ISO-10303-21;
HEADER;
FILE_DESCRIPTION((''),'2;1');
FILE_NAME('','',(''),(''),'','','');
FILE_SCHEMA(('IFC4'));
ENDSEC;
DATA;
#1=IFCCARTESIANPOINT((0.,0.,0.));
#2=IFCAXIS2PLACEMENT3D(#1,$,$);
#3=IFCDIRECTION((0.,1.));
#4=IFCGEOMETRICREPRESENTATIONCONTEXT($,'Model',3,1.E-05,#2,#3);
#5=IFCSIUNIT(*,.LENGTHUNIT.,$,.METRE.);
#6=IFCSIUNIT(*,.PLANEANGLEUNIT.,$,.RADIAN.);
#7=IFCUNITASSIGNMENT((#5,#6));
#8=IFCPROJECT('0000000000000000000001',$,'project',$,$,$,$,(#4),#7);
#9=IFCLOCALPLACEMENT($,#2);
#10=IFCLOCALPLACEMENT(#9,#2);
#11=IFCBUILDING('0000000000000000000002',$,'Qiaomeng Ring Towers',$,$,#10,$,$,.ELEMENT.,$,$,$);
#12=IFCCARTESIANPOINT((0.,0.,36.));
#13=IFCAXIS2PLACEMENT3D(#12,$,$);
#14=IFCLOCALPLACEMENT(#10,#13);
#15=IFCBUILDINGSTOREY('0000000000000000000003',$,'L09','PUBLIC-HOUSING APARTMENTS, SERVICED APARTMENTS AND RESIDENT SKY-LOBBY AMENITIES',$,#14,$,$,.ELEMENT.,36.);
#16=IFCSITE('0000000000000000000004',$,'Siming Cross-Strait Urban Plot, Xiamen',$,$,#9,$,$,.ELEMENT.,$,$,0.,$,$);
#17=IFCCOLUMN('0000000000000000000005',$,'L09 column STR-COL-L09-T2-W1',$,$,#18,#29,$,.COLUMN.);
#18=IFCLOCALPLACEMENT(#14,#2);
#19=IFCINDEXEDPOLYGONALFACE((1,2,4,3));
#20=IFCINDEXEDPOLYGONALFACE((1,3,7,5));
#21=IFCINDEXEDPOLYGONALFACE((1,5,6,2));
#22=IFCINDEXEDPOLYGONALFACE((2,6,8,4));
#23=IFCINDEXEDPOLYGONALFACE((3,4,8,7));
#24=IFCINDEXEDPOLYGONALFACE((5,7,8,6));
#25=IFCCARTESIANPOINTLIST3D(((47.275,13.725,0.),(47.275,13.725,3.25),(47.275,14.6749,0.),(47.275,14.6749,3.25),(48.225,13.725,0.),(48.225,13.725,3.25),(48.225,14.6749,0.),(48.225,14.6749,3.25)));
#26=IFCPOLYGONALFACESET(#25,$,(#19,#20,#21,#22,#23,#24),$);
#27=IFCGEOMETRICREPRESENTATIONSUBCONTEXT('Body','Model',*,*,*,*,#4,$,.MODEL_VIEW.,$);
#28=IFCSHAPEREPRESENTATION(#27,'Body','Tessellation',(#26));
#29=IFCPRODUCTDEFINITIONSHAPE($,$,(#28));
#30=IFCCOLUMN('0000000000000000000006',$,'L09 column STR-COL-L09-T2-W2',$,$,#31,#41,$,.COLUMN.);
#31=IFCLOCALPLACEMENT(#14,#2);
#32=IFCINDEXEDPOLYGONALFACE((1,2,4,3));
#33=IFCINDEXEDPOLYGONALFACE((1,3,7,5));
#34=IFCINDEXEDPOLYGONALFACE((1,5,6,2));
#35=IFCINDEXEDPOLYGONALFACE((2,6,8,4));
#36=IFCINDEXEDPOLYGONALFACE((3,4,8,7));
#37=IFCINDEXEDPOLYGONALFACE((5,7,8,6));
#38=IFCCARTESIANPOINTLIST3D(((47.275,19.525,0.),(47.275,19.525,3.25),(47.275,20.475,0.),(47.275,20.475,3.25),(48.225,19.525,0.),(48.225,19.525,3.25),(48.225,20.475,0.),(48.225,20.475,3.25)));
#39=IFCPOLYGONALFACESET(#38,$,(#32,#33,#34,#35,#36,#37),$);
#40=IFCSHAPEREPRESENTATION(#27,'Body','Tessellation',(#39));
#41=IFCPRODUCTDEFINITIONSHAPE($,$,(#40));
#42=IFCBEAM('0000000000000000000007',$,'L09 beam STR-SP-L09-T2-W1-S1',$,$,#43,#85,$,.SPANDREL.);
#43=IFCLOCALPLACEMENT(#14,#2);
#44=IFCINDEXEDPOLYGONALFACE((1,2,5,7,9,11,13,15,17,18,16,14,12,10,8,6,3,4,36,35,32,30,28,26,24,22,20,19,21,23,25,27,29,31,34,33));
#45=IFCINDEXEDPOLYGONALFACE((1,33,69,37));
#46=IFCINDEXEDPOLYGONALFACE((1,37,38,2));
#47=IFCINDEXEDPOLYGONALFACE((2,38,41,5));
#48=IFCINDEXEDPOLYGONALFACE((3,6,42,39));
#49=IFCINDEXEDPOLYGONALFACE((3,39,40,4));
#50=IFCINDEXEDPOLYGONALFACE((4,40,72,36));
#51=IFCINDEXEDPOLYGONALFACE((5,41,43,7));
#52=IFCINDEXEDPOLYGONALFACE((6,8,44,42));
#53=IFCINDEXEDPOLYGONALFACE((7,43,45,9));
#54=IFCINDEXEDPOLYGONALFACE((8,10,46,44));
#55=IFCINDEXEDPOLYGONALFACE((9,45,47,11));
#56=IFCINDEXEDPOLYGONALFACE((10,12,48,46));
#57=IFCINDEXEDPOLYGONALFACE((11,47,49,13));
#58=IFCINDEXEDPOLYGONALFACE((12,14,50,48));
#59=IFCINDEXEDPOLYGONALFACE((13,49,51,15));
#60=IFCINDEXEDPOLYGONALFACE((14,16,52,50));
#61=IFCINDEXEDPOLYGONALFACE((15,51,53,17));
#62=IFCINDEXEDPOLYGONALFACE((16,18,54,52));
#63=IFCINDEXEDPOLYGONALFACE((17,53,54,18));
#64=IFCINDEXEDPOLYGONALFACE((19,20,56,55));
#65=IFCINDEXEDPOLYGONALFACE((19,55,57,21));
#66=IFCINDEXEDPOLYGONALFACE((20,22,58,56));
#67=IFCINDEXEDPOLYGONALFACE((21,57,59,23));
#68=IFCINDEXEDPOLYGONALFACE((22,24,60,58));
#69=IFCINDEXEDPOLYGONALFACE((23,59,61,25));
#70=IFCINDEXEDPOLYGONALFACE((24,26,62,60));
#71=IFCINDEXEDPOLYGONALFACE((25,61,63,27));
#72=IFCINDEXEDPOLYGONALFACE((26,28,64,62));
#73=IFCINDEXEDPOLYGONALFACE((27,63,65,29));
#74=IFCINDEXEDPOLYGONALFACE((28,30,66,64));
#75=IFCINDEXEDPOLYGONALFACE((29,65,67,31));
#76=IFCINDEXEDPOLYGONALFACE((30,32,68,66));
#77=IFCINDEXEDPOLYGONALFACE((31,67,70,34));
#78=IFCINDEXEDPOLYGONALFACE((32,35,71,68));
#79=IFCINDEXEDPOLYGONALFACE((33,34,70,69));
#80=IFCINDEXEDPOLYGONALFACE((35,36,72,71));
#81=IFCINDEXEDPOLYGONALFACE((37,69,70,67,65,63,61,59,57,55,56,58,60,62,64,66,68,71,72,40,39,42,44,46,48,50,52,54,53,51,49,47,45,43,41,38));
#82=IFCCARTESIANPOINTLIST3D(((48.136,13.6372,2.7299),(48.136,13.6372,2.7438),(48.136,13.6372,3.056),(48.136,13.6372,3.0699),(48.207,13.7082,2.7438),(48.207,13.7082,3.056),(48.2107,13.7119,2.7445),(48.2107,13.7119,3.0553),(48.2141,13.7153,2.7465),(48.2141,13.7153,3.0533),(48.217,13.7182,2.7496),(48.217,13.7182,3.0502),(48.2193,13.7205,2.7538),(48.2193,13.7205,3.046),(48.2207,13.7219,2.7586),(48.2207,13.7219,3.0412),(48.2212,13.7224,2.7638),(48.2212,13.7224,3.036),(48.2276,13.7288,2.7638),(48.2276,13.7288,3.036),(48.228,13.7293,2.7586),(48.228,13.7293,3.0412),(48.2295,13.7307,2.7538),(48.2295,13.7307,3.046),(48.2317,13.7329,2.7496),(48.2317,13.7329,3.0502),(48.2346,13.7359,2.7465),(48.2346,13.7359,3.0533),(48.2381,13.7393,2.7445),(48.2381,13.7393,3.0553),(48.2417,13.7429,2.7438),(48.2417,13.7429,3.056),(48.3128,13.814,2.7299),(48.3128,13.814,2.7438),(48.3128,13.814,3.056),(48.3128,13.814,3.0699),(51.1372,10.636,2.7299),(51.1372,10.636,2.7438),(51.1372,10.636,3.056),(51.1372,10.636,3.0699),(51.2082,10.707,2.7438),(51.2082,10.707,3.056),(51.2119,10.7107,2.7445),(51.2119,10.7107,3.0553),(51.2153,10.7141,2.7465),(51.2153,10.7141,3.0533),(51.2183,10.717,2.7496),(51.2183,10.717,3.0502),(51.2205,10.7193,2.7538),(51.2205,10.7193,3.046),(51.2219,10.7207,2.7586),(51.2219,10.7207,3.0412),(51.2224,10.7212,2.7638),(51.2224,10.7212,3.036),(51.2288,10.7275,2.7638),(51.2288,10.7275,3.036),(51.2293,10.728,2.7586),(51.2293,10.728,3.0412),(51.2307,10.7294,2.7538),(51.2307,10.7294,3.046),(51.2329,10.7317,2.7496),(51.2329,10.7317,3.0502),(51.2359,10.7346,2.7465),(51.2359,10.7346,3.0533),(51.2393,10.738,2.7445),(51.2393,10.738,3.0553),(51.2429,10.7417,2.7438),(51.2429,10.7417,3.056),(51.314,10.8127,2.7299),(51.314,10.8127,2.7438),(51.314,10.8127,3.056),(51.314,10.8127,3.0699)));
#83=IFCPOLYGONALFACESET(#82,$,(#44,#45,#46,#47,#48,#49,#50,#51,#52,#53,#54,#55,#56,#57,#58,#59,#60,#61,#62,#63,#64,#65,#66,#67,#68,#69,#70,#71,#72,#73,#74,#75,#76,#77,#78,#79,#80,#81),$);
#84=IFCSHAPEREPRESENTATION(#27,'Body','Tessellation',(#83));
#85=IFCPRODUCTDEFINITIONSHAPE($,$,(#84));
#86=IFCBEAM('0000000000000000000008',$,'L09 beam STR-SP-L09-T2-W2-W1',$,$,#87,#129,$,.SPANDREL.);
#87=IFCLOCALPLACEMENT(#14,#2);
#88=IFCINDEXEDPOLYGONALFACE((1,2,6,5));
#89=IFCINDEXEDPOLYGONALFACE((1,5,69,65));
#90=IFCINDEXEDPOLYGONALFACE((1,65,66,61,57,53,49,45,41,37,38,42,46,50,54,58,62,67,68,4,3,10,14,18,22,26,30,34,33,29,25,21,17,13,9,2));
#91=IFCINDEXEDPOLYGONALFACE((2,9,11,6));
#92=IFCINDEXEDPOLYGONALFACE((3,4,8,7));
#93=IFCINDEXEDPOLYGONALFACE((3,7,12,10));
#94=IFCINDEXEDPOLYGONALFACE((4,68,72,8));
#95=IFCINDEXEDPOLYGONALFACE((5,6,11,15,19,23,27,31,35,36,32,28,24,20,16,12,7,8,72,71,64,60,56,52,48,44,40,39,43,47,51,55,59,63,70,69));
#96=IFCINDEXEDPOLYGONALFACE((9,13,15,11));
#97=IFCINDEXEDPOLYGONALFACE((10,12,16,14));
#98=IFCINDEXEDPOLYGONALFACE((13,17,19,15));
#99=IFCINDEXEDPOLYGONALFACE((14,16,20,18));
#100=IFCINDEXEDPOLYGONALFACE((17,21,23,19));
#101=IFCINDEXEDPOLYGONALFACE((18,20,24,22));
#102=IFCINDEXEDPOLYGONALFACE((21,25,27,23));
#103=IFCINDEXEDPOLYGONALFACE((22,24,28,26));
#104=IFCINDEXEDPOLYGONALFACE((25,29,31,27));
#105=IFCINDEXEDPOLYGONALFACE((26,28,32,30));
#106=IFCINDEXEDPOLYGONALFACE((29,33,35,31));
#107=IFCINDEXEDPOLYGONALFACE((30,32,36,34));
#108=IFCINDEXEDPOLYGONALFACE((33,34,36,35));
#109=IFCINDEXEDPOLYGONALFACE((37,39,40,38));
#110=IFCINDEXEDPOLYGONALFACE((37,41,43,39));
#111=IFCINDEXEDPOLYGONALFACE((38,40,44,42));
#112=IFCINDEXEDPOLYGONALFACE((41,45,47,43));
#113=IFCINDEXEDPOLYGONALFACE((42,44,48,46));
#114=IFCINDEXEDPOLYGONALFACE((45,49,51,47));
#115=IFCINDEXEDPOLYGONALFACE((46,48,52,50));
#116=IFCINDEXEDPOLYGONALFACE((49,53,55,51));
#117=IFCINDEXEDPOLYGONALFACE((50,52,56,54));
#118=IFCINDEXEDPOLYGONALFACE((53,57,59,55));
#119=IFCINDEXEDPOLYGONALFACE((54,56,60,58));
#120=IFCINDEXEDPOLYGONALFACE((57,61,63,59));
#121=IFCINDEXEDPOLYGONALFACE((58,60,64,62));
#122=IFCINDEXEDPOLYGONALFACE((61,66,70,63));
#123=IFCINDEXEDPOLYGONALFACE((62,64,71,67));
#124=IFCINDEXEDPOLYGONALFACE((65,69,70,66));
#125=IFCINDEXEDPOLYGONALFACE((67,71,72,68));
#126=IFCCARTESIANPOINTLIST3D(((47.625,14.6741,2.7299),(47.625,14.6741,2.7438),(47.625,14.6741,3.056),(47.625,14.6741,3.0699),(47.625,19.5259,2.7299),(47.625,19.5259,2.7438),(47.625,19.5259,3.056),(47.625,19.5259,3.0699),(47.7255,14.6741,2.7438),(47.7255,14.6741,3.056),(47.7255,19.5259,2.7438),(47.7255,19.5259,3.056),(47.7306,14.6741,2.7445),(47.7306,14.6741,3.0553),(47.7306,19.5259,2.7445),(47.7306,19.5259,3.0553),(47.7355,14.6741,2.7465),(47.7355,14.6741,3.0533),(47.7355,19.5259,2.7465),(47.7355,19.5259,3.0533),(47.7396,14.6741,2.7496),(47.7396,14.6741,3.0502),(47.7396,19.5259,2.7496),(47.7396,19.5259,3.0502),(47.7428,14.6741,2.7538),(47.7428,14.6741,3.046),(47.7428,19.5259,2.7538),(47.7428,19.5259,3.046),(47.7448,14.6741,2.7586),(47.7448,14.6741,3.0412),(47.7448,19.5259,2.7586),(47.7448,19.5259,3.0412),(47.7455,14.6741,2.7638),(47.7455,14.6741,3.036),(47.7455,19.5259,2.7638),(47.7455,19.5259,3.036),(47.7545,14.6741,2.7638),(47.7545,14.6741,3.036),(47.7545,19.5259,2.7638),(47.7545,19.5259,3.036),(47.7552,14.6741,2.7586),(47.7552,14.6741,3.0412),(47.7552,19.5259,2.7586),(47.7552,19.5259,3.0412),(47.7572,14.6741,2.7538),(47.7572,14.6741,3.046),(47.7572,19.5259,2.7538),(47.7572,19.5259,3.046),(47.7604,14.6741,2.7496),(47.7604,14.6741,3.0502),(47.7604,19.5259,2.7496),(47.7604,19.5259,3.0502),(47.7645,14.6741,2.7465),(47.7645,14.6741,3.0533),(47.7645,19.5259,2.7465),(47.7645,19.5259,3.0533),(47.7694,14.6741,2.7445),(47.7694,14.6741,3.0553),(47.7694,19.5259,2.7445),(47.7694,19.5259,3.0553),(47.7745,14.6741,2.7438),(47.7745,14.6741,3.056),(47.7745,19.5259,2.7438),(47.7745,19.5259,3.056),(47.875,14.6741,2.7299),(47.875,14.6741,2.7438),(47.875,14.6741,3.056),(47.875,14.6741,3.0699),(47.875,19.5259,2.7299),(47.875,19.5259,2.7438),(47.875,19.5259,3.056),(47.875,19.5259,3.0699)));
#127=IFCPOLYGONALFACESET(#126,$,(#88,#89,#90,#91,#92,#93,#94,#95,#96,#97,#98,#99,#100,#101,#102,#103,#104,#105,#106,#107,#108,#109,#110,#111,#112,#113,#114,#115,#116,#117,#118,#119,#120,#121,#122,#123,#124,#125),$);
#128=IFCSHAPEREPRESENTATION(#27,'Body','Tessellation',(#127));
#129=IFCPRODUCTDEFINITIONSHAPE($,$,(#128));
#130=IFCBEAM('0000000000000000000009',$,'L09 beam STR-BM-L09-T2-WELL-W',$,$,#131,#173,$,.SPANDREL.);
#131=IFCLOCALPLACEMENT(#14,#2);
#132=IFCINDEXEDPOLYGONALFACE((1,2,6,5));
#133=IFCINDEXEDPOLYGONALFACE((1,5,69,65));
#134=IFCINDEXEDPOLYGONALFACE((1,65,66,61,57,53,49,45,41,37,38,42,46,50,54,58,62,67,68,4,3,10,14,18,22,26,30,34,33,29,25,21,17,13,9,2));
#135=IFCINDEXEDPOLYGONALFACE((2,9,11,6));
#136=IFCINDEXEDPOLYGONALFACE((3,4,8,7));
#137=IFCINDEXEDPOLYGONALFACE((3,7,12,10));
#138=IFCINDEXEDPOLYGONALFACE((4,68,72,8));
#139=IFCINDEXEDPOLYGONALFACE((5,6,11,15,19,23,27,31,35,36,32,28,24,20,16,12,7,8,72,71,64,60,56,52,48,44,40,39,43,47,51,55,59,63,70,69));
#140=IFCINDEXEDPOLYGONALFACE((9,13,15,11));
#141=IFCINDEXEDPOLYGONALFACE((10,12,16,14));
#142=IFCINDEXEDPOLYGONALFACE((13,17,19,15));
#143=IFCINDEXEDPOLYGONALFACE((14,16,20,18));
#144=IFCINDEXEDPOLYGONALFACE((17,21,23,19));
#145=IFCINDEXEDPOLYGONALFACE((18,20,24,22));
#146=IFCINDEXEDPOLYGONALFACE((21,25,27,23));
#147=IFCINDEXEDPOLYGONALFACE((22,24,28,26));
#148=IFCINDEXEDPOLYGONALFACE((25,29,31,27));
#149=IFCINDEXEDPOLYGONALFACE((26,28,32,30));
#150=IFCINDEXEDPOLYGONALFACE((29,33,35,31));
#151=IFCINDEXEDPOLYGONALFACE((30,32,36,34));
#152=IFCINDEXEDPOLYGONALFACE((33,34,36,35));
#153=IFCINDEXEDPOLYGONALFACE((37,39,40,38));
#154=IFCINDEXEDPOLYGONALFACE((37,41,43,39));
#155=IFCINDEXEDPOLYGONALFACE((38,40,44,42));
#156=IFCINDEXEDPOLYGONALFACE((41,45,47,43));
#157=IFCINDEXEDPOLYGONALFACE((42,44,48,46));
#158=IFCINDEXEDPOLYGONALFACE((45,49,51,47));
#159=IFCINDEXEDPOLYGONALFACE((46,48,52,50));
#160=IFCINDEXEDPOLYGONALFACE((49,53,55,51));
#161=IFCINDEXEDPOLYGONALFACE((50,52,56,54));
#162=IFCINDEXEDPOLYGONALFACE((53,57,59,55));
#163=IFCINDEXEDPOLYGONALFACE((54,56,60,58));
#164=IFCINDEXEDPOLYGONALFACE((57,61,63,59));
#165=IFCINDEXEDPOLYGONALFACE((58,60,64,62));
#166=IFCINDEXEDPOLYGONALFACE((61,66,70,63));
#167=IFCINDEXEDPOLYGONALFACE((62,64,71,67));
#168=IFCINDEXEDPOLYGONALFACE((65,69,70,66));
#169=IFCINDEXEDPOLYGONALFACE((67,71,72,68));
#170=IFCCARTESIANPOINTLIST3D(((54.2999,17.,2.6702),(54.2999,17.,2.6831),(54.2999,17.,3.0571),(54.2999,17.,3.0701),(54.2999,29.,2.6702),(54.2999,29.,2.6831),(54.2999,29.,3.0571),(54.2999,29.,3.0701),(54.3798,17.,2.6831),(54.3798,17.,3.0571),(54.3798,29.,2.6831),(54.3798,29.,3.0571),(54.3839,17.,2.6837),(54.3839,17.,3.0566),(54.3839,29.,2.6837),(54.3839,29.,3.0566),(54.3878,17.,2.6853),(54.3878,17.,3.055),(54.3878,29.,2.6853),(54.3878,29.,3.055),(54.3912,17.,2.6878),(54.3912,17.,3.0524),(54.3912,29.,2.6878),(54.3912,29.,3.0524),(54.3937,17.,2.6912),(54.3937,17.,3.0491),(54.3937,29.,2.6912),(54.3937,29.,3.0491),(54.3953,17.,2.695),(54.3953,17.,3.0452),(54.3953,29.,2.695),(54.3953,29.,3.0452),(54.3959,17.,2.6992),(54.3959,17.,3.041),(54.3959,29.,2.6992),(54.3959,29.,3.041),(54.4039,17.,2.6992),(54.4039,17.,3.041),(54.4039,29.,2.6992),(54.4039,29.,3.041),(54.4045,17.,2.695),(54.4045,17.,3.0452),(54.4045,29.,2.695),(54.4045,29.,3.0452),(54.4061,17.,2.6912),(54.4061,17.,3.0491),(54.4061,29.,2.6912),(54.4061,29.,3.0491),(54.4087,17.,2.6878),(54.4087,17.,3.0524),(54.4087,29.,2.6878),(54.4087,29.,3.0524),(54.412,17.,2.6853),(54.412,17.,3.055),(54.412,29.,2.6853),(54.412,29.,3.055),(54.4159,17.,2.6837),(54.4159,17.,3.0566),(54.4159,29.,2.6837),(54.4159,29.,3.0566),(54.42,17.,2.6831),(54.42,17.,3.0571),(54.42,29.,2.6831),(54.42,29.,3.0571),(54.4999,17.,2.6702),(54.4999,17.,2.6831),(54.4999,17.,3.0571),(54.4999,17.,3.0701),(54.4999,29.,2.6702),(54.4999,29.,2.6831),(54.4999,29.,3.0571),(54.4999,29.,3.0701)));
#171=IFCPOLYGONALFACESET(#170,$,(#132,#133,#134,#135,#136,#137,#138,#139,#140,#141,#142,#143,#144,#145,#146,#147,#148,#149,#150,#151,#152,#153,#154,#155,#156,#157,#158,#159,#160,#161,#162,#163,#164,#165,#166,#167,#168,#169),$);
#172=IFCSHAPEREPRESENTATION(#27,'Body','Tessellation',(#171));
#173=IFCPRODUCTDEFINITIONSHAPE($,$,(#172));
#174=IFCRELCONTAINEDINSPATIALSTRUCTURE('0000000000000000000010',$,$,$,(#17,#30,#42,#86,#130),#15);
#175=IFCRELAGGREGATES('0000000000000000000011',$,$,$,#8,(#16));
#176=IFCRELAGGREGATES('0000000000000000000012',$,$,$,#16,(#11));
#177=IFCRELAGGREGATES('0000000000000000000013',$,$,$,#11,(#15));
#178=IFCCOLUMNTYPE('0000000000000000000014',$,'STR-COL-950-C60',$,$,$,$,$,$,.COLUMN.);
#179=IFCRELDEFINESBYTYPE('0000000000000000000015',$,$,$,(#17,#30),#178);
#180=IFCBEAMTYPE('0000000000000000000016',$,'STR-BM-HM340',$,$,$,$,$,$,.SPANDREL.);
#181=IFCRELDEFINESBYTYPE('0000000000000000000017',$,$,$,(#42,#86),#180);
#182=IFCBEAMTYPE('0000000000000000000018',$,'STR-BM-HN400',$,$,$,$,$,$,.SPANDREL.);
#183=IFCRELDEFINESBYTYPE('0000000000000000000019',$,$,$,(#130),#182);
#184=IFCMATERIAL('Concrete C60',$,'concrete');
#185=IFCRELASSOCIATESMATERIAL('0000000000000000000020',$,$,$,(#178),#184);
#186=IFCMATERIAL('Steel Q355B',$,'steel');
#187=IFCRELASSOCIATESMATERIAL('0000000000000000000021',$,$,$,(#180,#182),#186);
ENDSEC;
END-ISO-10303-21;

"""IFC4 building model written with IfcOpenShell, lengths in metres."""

from ifc_helpers import new_model, si_unit, direction, frame, origin, origin_2d, place, context, subcontext, project, spatial, rectangle, i_section, extrude, source, transform, mapped, material, material_profile, profile_set, type_object, element, save


model = new_model("IFC4")

# Units and contexts
model_context = context("Model", 3, precision=1e-05, world=origin(), true_north=direction((0.0, 1.0)))
body_context = subcontext(model_context, "Body", "Model", "MODEL_VIEW")
ifc_project = project(units=[si_unit("LENGTHUNIT", "METRE"), si_unit("PLANEANGLEUNIT", "RADIAN")], contexts=[model_context])

# Site, building, storey
site_placement = place(None, origin())
site = spatial("IfcSite", under=ifc_project, at=site_placement, Name="Siming Cross-Strait Urban Plot, Xiamen", CompositionType="ELEMENT", RefElevation=0.0)
building_placement = place(site_placement, origin())
building = spatial("IfcBuilding", under=site, at=building_placement, Name="Qiaomeng Ring Towers", CompositionType="ELEMENT")
storey_placement = place(building_placement, frame((0.0, 0.0, 36.0)))
storey = spatial("IfcBuildingStorey", under=building, at=storey_placement, Name="L09", Description="PUBLIC-HOUSING APARTMENTS, SERVICED APARTMENTS AND RESIDENT SKY-LOBBY AMENITIES", CompositionType="ELEMENT", Elevation=36.0)

# Columns
ifc_material_1 = material(Name="Concrete C60", Category="concrete")
ifc_material_profile_1 = material_profile(ifc_material_1, rectangle(XDim=0.95, YDim=0.95, at=origin_2d()), Name="RC COL 950x950")
ifc_profile_set_1 = profile_set([ifc_material_profile_1], Name="Concrete C60")
column_type = type_object("IfcColumnType", Name="STR-COL-950-C60", PredefinedType="COLUMN", material=ifc_profile_set_1)
shared_shape_1 = source(origin(), body_context, "Body", "SweptSolid", [
    extrude(rectangle(XDim=0.95, YDim=0.95, at=origin_2d()), origin(), (0.0, 0.0, 1.0), 3.25),
])
for number, where, z_axis, x_axis, name in (
    (1, (47.75, 14.2, 0.0), (0.0, 0.0, 1.0), (1.0, 0.0, 0.0), "L09 column STR-COL-L09-T2-W1"),
    (2, (47.75, 20.0, 0.0), (0.0, 0.0, 1.0), (1.0, 0.0, 0.0), "L09 column STR-COL-L09-T2-W2"),
):
    element("IfcColumn", number, at=place(storey_placement, frame(where, z_axis=z_axis, x_axis=x_axis)), inside=storey, type_object=column_type, Name=name, PredefinedType="COLUMN", context=body_context, shape_type="MappedRepresentation", body=[
        mapped(shared_shape_1, transform((0.0, 0.0, 0.0), x_axis=(1.0, 0.0, 0.0), y_axis=(0.0, 1.0, 0.0), z_axis=(0.0, 0.0, 1.0), scale=1.0)),
    ])

# Beams
ifc_material_2 = material(Name="Steel Q355B", Category="steel")
ifc_material_profile_2 = material_profile(ifc_material_2, i_section(OverallWidth=0.25, OverallDepth=0.3401, WebThickness=0.009, FlangeThickness=0.0139, FilletRadius=0.02, at=origin_2d()), Name="HM 340x250x9x14")
ifc_profile_set_2 = profile_set([ifc_material_profile_2], Name="Steel Q355B")
beam_type_1 = type_object("IfcBeamType", Name="STR-BM-HM340", PredefinedType="SPANDREL", material=ifc_profile_set_2)
shared_shape_2 = source(origin(), body_context, "Body", "SweptSolid", [
    extrude(i_section(OverallWidth=0.25, OverallDepth=0.3401, WebThickness=0.009, FlangeThickness=0.0139, FilletRadius=0.02, at=origin_2d()), origin(), (0.0, 0.0, 1.0), 4.2444),
])
beam_1_placement = place(storey_placement, frame((48.2244, 13.7256, 2.8999), z_axis=(0.707107, -0.707107, 0.0), x_axis=(0.707107, 0.707107, 0.0)))
element("IfcBeam", 3, at=beam_1_placement, inside=storey, type_object=beam_type_1, Name="L09 beam STR-SP-L09-T2-W1-S1", PredefinedType="SPANDREL", context=body_context, shape_type="MappedRepresentation", body=[
    mapped(shared_shape_2, transform((0.0, 0.0, 0.0), x_axis=(1.0, 0.0, 0.0), y_axis=(0.0, 1.0, 0.0), z_axis=(0.0, 0.0, 1.0), scale=1.0)),
])
shared_shape_3 = source(origin(), body_context, "Body", "SweptSolid", [
    extrude(i_section(OverallWidth=0.25, OverallDepth=0.3401, WebThickness=0.009, FlangeThickness=0.0139, FilletRadius=0.02, at=origin_2d()), origin(), (0.0, 0.0, 1.0), 4.8518),
])
beam_2_placement = place(storey_placement, frame((47.75, 19.5259, 2.8999), z_axis=(0.0, -1.0, 0.0), x_axis=(1.0, 0.0, 0.0)))
element("IfcBeam", 4, at=beam_2_placement, inside=storey, type_object=beam_type_1, Name="L09 beam STR-SP-L09-T2-W2-W1", PredefinedType="SPANDREL", context=body_context, shape_type="MappedRepresentation", body=[
    mapped(shared_shape_3, transform((0.0, 0.0, 0.0), x_axis=(1.0, 0.0, 0.0), y_axis=(0.0, 1.0, 0.0), z_axis=(0.0, 0.0, 1.0), scale=1.0)),
])
ifc_material_profile_3 = material_profile(ifc_material_2, i_section(OverallWidth=0.2, OverallDepth=0.3999, WebThickness=0.0081, FlangeThickness=0.0129, FilletRadius=0.0161, at=origin_2d()), Name="HN 400x200x8x13")
ifc_profile_set_3 = profile_set([ifc_material_profile_3], Name="Steel Q355B")
beam_type_2 = type_object("IfcBeamType", Name="STR-BM-HN400", PredefinedType="SPANDREL", material=ifc_profile_set_3)
shared_shape_4 = source(origin(), body_context, "Body", "SweptSolid", [
    extrude(i_section(OverallWidth=0.2, OverallDepth=0.3999, WebThickness=0.0081, FlangeThickness=0.0129, FilletRadius=0.0161, at=origin_2d()), origin(), (0.0, 0.0, 1.0), 12.0),
])
beam_3_placement = place(storey_placement, frame((54.3999, 17.0, 2.8701), z_axis=(0.0, 1.0, 0.0), x_axis=(-1.0, 0.0, 0.0)))
element("IfcBeam", 5, at=beam_3_placement, inside=storey, type_object=beam_type_2, Name="L09 beam STR-BM-L09-T2-WELL-W", PredefinedType="SPANDREL", context=body_context, shape_type="MappedRepresentation", body=[
    mapped(shared_shape_4, transform((0.0, 0.0, 0.0), x_axis=(1.0, 0.0, 0.0), y_axis=(0.0, 1.0, 0.0), z_axis=(0.0, 0.0, 1.0), scale=1.0)),
])

save(model, "model.ifc")
